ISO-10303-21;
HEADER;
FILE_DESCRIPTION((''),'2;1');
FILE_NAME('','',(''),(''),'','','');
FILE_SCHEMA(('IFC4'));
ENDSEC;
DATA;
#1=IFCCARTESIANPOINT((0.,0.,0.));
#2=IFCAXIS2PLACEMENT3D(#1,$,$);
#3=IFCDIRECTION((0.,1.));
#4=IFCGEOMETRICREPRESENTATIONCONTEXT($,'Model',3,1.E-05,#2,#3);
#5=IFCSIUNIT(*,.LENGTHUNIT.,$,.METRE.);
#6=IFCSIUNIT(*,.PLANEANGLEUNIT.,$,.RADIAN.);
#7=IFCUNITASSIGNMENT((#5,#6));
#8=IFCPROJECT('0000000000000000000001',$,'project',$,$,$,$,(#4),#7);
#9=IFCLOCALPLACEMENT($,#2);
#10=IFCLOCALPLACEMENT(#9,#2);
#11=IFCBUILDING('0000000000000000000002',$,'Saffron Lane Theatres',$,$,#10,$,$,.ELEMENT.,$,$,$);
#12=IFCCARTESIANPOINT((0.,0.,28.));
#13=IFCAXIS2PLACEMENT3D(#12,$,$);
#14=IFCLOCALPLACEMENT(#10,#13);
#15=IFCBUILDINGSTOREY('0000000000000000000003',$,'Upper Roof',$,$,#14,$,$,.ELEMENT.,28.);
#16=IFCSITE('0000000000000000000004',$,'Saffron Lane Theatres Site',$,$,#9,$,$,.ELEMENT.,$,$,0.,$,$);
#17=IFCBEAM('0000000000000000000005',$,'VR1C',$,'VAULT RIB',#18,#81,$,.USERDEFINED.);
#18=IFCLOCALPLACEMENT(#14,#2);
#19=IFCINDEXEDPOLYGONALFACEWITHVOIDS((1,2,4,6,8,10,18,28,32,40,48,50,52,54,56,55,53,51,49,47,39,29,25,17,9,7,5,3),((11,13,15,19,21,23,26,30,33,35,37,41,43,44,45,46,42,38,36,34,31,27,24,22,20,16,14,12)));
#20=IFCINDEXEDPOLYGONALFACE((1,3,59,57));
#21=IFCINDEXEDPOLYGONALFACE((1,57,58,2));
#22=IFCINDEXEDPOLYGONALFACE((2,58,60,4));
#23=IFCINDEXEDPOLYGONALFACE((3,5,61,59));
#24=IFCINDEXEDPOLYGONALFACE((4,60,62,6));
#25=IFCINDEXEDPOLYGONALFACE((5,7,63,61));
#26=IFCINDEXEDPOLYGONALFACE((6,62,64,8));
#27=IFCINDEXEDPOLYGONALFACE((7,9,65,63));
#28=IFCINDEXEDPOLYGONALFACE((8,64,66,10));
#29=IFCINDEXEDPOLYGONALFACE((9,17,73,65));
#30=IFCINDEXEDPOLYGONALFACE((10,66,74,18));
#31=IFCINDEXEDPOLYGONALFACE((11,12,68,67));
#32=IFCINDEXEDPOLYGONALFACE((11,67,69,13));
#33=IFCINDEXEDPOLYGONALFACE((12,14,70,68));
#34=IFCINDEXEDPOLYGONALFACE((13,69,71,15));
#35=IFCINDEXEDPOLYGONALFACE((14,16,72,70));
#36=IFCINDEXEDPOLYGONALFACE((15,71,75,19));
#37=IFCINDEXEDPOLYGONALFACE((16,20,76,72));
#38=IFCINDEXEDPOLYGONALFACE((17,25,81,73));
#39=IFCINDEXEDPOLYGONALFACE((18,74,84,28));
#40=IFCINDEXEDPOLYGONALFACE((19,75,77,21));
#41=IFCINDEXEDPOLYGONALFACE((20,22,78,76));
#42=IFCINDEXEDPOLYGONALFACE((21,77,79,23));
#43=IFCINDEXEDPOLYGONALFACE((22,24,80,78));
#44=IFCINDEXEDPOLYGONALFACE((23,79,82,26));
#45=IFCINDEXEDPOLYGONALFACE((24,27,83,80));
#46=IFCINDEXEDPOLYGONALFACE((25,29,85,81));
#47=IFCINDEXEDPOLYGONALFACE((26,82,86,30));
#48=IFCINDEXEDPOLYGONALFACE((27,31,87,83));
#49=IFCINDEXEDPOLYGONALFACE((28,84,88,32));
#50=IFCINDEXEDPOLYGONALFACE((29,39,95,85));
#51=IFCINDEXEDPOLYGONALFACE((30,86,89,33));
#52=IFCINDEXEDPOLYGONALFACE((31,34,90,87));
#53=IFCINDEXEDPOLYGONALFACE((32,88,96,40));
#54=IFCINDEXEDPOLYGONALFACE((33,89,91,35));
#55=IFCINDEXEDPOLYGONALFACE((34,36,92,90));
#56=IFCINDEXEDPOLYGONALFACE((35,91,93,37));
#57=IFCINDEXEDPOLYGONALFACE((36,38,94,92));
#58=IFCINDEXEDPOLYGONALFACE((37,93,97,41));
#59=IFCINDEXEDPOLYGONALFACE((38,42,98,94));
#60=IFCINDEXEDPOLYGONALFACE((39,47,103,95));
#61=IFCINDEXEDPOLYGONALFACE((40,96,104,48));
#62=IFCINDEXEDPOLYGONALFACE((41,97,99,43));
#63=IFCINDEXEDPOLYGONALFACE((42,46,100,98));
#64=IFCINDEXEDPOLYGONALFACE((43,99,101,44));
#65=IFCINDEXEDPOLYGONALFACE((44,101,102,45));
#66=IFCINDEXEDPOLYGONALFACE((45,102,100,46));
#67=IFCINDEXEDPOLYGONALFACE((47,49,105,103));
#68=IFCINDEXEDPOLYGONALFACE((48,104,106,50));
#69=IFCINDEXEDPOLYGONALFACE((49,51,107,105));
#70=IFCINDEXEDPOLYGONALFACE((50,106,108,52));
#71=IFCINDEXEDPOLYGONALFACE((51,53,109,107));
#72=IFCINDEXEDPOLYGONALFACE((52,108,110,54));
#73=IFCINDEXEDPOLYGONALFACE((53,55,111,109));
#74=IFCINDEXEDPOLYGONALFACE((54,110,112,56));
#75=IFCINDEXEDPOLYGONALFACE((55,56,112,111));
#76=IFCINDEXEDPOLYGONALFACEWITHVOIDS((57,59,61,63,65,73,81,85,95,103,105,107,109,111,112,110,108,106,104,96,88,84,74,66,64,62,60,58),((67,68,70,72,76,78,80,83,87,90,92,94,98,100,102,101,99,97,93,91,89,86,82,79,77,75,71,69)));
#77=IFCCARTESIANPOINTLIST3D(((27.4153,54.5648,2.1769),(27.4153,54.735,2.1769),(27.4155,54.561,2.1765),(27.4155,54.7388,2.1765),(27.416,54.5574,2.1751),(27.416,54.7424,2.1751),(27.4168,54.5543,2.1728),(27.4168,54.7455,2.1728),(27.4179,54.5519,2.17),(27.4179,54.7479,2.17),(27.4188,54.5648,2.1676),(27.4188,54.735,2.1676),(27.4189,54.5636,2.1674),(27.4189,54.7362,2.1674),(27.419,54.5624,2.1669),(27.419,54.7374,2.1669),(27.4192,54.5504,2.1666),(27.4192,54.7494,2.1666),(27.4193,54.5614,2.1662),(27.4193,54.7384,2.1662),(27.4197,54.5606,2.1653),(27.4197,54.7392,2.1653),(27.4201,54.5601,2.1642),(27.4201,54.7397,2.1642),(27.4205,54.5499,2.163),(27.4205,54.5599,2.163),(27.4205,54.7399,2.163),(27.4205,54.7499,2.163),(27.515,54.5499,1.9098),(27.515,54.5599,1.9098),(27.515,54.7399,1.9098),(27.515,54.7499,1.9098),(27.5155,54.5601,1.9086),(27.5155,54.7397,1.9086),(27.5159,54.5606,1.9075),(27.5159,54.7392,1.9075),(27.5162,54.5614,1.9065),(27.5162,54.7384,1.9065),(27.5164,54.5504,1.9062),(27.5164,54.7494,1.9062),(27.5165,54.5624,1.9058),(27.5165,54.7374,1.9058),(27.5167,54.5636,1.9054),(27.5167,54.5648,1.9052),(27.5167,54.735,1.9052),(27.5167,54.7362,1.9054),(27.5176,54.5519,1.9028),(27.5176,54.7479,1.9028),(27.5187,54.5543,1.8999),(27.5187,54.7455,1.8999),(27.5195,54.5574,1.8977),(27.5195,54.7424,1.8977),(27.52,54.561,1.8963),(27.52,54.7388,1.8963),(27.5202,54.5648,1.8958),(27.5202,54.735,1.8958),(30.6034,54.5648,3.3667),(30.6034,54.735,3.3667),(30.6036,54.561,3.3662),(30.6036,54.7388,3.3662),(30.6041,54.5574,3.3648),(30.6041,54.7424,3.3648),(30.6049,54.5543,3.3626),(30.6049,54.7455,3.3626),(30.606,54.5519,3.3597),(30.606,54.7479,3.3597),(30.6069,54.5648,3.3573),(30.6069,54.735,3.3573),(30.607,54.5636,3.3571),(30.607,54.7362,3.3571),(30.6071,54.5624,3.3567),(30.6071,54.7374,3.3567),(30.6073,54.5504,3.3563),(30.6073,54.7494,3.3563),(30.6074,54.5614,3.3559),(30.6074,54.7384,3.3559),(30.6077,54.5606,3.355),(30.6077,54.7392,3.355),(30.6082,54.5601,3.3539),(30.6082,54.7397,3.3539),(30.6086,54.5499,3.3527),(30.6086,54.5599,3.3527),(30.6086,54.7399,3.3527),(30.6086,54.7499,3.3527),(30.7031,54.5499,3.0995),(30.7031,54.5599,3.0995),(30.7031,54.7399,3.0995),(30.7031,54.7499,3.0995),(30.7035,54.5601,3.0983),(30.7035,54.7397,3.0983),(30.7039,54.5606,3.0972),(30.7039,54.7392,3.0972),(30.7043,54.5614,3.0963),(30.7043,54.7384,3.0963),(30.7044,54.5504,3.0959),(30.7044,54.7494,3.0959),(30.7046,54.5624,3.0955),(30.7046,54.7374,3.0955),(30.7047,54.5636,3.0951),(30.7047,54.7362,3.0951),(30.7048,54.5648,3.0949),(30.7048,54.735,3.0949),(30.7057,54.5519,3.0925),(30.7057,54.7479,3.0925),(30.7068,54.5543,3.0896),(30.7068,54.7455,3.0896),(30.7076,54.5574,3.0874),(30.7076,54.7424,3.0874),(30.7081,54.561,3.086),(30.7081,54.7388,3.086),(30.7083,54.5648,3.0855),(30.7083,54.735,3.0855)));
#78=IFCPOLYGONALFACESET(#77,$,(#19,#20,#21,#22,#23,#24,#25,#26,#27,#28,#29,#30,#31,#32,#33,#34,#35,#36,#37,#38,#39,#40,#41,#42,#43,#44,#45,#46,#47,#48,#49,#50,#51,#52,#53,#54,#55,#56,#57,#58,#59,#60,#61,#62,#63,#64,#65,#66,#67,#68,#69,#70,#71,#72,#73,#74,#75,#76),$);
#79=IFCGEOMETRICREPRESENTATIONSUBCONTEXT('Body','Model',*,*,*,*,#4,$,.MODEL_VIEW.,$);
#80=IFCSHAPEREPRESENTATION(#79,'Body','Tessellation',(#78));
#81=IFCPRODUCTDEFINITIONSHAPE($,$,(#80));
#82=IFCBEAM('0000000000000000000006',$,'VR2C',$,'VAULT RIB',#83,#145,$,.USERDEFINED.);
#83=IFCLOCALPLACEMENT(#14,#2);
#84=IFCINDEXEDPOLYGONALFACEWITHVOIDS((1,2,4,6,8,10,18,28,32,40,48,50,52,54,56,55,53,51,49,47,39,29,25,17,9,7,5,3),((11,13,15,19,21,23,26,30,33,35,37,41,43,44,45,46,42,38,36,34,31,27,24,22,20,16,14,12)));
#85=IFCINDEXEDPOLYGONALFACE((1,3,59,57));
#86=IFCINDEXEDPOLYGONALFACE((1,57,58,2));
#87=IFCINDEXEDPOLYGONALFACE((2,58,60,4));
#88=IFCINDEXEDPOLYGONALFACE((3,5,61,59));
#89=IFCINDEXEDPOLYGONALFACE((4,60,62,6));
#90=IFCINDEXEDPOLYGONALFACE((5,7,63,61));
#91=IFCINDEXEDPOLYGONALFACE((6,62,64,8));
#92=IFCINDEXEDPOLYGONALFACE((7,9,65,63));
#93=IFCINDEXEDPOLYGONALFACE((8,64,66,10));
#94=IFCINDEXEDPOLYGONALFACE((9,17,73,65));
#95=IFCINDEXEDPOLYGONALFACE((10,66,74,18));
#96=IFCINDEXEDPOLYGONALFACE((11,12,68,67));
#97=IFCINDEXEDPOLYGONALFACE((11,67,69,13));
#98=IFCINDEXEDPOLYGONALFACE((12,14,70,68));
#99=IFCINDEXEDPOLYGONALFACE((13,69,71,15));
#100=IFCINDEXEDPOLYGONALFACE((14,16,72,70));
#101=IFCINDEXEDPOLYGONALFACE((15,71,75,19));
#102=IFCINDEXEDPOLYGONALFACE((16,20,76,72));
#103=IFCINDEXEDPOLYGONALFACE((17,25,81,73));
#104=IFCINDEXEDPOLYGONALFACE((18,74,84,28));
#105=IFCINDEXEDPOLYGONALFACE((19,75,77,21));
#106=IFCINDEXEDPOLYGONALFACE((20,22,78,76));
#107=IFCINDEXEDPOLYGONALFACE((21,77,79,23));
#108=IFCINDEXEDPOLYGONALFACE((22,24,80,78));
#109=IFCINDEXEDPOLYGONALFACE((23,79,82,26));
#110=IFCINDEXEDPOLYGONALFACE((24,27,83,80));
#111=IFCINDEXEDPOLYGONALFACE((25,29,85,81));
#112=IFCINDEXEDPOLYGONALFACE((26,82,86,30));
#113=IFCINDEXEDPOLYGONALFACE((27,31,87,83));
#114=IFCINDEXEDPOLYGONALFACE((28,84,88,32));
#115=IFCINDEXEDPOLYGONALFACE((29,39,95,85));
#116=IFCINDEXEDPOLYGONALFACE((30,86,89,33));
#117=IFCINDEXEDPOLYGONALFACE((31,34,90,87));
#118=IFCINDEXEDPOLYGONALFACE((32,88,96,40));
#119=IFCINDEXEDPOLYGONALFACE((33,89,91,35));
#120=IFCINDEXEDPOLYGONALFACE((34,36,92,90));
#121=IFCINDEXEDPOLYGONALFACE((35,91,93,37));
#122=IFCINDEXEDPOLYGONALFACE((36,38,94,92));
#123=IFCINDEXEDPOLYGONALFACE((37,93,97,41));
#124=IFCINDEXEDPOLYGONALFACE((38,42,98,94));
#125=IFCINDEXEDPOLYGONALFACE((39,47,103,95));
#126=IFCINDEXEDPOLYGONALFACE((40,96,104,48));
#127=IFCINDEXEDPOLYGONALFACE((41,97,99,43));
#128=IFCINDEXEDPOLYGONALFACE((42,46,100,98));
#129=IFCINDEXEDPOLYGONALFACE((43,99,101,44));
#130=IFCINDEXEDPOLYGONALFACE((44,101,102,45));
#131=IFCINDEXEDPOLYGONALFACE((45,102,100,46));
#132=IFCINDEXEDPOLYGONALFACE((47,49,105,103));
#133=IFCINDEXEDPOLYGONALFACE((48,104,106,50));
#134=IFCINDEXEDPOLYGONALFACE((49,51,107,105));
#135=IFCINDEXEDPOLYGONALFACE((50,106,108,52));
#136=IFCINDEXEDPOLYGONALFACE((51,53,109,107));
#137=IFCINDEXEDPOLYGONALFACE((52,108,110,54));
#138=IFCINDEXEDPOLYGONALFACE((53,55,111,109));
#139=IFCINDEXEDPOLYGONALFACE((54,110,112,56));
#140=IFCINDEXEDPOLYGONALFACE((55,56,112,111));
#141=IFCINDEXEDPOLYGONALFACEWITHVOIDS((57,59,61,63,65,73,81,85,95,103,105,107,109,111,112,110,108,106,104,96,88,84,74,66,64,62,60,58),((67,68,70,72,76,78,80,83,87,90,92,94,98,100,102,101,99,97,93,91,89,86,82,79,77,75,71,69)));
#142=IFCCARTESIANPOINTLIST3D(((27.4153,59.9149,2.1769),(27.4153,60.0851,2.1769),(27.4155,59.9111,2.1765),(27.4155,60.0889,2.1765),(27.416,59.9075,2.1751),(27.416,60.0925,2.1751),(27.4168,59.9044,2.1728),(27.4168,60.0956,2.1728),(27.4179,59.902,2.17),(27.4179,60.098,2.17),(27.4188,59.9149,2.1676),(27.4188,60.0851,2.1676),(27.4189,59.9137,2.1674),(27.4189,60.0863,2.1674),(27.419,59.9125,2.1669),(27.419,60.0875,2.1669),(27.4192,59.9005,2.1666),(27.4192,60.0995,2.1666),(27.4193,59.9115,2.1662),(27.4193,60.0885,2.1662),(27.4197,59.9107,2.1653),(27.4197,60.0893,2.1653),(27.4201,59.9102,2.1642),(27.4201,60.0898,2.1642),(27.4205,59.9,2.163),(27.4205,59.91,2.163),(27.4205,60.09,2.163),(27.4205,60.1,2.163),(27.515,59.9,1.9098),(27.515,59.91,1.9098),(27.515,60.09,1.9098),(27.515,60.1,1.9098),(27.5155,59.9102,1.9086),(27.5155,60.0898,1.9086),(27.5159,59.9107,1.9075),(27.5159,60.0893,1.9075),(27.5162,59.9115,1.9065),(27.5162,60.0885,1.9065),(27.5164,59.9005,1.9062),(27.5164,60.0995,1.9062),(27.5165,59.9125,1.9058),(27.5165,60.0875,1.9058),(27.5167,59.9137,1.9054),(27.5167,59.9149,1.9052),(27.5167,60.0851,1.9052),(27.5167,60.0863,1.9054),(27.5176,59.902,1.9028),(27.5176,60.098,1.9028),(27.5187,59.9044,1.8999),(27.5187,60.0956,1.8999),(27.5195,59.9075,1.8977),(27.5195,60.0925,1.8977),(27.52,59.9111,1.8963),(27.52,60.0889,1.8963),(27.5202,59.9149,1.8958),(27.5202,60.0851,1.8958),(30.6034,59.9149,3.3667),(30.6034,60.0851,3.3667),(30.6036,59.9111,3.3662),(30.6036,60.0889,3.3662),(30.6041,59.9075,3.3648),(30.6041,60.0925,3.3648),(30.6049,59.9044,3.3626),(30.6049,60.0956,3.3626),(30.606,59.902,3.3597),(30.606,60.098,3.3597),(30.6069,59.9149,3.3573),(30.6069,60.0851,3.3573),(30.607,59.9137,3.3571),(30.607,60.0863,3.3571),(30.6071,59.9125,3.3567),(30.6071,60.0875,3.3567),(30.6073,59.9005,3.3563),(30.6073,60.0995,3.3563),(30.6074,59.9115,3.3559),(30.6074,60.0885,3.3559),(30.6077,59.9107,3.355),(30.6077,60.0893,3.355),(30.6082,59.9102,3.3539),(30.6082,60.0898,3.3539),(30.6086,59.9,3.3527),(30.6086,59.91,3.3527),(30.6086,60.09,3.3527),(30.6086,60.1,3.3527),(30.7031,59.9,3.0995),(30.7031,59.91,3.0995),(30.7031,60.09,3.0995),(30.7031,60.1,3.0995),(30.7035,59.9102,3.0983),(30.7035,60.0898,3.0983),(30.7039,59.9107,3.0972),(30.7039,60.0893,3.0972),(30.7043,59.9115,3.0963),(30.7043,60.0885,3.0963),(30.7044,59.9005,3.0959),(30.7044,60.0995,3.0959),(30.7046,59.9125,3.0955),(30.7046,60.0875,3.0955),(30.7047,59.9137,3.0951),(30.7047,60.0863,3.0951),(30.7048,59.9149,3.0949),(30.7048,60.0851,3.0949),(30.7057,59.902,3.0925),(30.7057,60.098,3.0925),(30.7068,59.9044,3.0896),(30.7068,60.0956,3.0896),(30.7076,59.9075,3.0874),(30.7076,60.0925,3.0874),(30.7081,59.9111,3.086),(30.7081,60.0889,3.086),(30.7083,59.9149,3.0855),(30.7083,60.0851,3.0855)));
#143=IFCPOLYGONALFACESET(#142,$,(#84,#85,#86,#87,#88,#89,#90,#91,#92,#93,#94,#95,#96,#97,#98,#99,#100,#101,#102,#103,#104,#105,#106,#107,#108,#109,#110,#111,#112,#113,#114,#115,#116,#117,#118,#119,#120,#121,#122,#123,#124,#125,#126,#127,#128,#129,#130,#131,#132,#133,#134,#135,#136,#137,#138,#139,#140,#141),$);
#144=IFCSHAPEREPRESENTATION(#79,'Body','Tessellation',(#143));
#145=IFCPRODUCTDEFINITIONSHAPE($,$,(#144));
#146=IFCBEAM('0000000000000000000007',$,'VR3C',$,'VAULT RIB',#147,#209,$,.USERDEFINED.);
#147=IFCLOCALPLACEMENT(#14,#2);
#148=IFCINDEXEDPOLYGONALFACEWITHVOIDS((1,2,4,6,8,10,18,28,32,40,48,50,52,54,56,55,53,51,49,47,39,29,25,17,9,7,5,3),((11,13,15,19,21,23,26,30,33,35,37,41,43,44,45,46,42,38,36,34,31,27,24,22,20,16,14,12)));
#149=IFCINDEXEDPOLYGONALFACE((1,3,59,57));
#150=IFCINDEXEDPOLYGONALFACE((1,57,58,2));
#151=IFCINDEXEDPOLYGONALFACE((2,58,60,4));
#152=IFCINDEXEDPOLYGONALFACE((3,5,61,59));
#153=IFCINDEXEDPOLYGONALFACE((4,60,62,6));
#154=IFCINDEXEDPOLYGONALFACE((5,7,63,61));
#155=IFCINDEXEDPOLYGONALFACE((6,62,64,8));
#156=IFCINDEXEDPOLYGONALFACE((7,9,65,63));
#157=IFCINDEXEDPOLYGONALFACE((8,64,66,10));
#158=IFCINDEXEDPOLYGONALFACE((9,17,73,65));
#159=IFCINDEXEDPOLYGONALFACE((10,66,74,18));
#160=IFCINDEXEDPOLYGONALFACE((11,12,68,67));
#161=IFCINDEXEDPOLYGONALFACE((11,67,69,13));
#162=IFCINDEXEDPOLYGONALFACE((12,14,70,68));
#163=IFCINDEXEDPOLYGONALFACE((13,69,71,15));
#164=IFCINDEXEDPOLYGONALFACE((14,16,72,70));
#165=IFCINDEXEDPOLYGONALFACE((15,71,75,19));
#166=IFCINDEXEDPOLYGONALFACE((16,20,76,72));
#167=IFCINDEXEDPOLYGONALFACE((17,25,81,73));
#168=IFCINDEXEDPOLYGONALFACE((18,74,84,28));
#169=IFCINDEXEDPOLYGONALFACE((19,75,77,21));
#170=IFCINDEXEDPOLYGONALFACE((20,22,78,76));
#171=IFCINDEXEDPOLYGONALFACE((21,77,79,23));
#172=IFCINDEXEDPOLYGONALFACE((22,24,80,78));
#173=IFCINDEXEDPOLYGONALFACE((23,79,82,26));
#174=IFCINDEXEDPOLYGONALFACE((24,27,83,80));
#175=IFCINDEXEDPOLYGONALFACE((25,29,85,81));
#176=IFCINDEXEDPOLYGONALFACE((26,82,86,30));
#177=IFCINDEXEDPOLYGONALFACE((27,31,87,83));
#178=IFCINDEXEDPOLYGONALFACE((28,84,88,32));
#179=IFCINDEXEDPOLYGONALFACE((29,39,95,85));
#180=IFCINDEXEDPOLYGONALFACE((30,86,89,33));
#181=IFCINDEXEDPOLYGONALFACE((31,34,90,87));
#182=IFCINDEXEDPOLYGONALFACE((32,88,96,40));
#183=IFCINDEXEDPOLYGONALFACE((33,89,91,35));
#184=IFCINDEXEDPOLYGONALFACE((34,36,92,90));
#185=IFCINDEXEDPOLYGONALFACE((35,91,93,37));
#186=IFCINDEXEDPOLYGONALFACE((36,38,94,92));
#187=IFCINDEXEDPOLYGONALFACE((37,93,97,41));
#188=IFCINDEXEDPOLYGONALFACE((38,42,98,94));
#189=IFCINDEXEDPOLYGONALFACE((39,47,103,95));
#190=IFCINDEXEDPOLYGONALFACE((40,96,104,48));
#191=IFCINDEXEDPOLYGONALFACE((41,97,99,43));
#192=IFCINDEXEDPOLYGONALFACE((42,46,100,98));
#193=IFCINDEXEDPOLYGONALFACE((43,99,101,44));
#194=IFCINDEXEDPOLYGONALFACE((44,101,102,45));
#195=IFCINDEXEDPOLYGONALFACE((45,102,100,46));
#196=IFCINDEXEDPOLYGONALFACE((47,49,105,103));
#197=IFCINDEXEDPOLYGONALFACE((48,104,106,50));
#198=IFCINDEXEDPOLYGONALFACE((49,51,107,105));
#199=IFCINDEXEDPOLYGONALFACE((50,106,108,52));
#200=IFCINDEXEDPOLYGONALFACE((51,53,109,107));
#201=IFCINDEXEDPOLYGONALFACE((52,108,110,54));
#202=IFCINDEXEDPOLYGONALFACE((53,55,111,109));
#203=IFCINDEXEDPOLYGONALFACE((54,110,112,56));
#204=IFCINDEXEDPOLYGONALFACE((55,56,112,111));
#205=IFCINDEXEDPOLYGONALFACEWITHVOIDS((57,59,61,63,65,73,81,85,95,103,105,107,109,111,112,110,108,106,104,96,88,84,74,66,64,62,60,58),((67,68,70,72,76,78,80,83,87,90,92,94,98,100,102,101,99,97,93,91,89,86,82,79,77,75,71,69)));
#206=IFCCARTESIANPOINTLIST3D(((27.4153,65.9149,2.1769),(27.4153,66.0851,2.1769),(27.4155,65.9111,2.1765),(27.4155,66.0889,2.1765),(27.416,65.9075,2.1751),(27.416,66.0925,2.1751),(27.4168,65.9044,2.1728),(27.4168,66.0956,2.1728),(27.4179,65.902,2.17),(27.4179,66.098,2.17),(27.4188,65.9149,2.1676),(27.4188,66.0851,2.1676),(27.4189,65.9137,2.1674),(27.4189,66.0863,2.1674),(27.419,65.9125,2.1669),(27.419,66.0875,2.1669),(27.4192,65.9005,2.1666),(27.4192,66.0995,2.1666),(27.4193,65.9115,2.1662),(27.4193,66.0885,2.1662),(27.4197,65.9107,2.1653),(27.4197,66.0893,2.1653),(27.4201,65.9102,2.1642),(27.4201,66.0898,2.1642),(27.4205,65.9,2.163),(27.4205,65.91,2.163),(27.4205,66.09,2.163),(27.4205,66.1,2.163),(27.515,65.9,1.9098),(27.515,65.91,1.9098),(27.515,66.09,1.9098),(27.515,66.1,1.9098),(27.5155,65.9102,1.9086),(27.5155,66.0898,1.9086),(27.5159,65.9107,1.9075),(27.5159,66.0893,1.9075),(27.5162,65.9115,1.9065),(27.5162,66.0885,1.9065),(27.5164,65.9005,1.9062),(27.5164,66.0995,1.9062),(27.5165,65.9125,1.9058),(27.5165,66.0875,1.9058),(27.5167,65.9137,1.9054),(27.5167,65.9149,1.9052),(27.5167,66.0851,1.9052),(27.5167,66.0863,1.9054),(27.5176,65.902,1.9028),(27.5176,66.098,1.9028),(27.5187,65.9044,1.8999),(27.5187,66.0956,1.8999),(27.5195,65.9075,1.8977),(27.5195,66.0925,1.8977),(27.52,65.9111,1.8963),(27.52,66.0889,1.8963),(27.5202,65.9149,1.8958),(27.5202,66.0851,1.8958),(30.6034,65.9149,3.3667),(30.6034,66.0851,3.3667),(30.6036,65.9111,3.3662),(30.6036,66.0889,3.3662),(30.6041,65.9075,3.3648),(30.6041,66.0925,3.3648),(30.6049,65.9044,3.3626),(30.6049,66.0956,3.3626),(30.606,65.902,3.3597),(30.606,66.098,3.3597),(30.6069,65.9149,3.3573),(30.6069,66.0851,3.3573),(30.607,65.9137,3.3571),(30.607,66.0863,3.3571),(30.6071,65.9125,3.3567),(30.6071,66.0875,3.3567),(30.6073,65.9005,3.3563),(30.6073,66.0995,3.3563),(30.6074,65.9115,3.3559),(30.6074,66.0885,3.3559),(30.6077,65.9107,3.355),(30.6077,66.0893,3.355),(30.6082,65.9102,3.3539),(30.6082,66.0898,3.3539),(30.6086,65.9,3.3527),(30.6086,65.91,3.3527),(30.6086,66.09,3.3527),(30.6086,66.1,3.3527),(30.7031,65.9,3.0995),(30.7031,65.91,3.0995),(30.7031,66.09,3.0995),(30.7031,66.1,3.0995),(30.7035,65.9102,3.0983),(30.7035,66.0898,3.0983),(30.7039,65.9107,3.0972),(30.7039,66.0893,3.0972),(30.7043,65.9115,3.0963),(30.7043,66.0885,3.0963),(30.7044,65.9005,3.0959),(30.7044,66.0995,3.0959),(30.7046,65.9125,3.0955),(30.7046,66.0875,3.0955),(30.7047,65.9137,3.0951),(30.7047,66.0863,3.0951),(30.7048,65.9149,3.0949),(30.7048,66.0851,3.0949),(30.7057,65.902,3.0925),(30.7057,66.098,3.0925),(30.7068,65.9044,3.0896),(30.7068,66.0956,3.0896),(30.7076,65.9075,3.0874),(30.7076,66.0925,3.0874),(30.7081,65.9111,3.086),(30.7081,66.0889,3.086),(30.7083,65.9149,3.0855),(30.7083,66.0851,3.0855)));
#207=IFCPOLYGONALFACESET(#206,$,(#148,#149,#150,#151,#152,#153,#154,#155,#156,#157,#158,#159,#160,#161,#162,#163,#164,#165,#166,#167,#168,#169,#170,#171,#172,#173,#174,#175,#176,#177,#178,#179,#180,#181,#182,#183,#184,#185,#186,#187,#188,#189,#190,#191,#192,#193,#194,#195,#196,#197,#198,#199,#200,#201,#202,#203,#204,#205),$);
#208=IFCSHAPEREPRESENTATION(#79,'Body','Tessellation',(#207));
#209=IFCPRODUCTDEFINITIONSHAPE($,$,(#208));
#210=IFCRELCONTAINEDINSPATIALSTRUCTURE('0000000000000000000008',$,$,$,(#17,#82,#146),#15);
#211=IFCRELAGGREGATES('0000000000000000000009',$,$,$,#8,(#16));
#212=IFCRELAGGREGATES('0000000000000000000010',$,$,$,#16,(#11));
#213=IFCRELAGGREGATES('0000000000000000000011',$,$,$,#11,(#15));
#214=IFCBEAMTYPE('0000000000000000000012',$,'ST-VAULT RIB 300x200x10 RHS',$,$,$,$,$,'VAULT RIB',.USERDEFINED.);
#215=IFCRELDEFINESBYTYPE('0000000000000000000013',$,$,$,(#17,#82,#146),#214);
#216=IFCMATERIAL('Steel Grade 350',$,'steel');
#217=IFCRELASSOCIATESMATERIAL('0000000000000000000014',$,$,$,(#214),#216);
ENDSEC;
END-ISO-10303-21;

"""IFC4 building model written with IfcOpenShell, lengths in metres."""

from ifc_helpers import new_model, si_unit, direction, frame, origin, origin_2d, place, context, subcontext, project, spatial, hollow_rectangle, extrude, material, material_profile, profile_set, type_object, element, save


model = new_model("IFC4")

# Units and contexts
model_context = context("Model", 3, precision=1e-05, world=origin(), true_north=direction((0.0, 1.0)))
body_context = subcontext(model_context, "Body", "Model", "MODEL_VIEW")
ifc_project = project(units=[si_unit("LENGTHUNIT", "METRE"), si_unit("PLANEANGLEUNIT", "RADIAN")], contexts=[model_context])

# Site, building, storey
site_placement = place(None, origin())
site = spatial("IfcSite", under=ifc_project, at=site_placement, Name="Saffron Lane Theatres Site", CompositionType="ELEMENT", RefElevation=0.0)
building_placement = place(site_placement, origin())
building = spatial("IfcBuilding", under=site, at=building_placement, Name="Saffron Lane Theatres", CompositionType="ELEMENT")
storey_placement = place(building_placement, frame((0.0, 0.0, 28.0)))
storey = spatial("IfcBuildingStorey", under=building, at=storey_placement, Name="Upper Roof", CompositionType="ELEMENT", Elevation=28.0)

# Beams
ifc_material_1 = material(Name="Steel Grade 350", Category="steel")
ifc_material_profile_1 = material_profile(ifc_material_1, hollow_rectangle(XDim=0.2, YDim=0.3, WallThickness=0.01, InnerFilletRadius=0.0049, OuterFilletRadius=0.0149, at=origin_2d()))
ifc_profile_set_1 = profile_set([ifc_material_profile_1], Name="Steel Grade 350")
beam_type_1 = type_object("IfcBeamType", Name="ST-VAULT RIB 300x200x10 RHS", ElementType="VAULT RIB", PredefinedType="USERDEFINED", material=ifc_profile_set_1)
for number, where, z_axis, x_axis, name in (
    (1, (27.4678, 54.6499, 2.0364), (0.936888, 0.0, 0.349629), (0.0, 1.0, 0.0), "VR1C"),
    (2, (27.4678, 60.0, 2.0364), (0.936888, 0.0, 0.349629), (0.0, 1.0, 0.0), "VR2C"),
    (3, (27.4678, 66.0, 2.0364), (0.936888, 0.0, 0.349629), (0.0, 1.0, 0.0), "VR3C"),
):
    element("IfcBeam", number, at=place(storey_placement, frame(where, z_axis=z_axis, x_axis=x_axis)), inside=storey, type_object=beam_type_1, Name=name, ObjectType="VAULT RIB", PredefinedType="USERDEFINED", context=body_context, shape_type="SweptSolid", body=[
        extrude(hollow_rectangle(XDim=0.2, YDim=0.3, WallThickness=0.01, InnerFilletRadius=0.0049, OuterFilletRadius=0.0149, at=origin_2d()), origin(), (0.0, 0.0, 1.0), 3.4028),
    ])

save(model, "model.ifc")
